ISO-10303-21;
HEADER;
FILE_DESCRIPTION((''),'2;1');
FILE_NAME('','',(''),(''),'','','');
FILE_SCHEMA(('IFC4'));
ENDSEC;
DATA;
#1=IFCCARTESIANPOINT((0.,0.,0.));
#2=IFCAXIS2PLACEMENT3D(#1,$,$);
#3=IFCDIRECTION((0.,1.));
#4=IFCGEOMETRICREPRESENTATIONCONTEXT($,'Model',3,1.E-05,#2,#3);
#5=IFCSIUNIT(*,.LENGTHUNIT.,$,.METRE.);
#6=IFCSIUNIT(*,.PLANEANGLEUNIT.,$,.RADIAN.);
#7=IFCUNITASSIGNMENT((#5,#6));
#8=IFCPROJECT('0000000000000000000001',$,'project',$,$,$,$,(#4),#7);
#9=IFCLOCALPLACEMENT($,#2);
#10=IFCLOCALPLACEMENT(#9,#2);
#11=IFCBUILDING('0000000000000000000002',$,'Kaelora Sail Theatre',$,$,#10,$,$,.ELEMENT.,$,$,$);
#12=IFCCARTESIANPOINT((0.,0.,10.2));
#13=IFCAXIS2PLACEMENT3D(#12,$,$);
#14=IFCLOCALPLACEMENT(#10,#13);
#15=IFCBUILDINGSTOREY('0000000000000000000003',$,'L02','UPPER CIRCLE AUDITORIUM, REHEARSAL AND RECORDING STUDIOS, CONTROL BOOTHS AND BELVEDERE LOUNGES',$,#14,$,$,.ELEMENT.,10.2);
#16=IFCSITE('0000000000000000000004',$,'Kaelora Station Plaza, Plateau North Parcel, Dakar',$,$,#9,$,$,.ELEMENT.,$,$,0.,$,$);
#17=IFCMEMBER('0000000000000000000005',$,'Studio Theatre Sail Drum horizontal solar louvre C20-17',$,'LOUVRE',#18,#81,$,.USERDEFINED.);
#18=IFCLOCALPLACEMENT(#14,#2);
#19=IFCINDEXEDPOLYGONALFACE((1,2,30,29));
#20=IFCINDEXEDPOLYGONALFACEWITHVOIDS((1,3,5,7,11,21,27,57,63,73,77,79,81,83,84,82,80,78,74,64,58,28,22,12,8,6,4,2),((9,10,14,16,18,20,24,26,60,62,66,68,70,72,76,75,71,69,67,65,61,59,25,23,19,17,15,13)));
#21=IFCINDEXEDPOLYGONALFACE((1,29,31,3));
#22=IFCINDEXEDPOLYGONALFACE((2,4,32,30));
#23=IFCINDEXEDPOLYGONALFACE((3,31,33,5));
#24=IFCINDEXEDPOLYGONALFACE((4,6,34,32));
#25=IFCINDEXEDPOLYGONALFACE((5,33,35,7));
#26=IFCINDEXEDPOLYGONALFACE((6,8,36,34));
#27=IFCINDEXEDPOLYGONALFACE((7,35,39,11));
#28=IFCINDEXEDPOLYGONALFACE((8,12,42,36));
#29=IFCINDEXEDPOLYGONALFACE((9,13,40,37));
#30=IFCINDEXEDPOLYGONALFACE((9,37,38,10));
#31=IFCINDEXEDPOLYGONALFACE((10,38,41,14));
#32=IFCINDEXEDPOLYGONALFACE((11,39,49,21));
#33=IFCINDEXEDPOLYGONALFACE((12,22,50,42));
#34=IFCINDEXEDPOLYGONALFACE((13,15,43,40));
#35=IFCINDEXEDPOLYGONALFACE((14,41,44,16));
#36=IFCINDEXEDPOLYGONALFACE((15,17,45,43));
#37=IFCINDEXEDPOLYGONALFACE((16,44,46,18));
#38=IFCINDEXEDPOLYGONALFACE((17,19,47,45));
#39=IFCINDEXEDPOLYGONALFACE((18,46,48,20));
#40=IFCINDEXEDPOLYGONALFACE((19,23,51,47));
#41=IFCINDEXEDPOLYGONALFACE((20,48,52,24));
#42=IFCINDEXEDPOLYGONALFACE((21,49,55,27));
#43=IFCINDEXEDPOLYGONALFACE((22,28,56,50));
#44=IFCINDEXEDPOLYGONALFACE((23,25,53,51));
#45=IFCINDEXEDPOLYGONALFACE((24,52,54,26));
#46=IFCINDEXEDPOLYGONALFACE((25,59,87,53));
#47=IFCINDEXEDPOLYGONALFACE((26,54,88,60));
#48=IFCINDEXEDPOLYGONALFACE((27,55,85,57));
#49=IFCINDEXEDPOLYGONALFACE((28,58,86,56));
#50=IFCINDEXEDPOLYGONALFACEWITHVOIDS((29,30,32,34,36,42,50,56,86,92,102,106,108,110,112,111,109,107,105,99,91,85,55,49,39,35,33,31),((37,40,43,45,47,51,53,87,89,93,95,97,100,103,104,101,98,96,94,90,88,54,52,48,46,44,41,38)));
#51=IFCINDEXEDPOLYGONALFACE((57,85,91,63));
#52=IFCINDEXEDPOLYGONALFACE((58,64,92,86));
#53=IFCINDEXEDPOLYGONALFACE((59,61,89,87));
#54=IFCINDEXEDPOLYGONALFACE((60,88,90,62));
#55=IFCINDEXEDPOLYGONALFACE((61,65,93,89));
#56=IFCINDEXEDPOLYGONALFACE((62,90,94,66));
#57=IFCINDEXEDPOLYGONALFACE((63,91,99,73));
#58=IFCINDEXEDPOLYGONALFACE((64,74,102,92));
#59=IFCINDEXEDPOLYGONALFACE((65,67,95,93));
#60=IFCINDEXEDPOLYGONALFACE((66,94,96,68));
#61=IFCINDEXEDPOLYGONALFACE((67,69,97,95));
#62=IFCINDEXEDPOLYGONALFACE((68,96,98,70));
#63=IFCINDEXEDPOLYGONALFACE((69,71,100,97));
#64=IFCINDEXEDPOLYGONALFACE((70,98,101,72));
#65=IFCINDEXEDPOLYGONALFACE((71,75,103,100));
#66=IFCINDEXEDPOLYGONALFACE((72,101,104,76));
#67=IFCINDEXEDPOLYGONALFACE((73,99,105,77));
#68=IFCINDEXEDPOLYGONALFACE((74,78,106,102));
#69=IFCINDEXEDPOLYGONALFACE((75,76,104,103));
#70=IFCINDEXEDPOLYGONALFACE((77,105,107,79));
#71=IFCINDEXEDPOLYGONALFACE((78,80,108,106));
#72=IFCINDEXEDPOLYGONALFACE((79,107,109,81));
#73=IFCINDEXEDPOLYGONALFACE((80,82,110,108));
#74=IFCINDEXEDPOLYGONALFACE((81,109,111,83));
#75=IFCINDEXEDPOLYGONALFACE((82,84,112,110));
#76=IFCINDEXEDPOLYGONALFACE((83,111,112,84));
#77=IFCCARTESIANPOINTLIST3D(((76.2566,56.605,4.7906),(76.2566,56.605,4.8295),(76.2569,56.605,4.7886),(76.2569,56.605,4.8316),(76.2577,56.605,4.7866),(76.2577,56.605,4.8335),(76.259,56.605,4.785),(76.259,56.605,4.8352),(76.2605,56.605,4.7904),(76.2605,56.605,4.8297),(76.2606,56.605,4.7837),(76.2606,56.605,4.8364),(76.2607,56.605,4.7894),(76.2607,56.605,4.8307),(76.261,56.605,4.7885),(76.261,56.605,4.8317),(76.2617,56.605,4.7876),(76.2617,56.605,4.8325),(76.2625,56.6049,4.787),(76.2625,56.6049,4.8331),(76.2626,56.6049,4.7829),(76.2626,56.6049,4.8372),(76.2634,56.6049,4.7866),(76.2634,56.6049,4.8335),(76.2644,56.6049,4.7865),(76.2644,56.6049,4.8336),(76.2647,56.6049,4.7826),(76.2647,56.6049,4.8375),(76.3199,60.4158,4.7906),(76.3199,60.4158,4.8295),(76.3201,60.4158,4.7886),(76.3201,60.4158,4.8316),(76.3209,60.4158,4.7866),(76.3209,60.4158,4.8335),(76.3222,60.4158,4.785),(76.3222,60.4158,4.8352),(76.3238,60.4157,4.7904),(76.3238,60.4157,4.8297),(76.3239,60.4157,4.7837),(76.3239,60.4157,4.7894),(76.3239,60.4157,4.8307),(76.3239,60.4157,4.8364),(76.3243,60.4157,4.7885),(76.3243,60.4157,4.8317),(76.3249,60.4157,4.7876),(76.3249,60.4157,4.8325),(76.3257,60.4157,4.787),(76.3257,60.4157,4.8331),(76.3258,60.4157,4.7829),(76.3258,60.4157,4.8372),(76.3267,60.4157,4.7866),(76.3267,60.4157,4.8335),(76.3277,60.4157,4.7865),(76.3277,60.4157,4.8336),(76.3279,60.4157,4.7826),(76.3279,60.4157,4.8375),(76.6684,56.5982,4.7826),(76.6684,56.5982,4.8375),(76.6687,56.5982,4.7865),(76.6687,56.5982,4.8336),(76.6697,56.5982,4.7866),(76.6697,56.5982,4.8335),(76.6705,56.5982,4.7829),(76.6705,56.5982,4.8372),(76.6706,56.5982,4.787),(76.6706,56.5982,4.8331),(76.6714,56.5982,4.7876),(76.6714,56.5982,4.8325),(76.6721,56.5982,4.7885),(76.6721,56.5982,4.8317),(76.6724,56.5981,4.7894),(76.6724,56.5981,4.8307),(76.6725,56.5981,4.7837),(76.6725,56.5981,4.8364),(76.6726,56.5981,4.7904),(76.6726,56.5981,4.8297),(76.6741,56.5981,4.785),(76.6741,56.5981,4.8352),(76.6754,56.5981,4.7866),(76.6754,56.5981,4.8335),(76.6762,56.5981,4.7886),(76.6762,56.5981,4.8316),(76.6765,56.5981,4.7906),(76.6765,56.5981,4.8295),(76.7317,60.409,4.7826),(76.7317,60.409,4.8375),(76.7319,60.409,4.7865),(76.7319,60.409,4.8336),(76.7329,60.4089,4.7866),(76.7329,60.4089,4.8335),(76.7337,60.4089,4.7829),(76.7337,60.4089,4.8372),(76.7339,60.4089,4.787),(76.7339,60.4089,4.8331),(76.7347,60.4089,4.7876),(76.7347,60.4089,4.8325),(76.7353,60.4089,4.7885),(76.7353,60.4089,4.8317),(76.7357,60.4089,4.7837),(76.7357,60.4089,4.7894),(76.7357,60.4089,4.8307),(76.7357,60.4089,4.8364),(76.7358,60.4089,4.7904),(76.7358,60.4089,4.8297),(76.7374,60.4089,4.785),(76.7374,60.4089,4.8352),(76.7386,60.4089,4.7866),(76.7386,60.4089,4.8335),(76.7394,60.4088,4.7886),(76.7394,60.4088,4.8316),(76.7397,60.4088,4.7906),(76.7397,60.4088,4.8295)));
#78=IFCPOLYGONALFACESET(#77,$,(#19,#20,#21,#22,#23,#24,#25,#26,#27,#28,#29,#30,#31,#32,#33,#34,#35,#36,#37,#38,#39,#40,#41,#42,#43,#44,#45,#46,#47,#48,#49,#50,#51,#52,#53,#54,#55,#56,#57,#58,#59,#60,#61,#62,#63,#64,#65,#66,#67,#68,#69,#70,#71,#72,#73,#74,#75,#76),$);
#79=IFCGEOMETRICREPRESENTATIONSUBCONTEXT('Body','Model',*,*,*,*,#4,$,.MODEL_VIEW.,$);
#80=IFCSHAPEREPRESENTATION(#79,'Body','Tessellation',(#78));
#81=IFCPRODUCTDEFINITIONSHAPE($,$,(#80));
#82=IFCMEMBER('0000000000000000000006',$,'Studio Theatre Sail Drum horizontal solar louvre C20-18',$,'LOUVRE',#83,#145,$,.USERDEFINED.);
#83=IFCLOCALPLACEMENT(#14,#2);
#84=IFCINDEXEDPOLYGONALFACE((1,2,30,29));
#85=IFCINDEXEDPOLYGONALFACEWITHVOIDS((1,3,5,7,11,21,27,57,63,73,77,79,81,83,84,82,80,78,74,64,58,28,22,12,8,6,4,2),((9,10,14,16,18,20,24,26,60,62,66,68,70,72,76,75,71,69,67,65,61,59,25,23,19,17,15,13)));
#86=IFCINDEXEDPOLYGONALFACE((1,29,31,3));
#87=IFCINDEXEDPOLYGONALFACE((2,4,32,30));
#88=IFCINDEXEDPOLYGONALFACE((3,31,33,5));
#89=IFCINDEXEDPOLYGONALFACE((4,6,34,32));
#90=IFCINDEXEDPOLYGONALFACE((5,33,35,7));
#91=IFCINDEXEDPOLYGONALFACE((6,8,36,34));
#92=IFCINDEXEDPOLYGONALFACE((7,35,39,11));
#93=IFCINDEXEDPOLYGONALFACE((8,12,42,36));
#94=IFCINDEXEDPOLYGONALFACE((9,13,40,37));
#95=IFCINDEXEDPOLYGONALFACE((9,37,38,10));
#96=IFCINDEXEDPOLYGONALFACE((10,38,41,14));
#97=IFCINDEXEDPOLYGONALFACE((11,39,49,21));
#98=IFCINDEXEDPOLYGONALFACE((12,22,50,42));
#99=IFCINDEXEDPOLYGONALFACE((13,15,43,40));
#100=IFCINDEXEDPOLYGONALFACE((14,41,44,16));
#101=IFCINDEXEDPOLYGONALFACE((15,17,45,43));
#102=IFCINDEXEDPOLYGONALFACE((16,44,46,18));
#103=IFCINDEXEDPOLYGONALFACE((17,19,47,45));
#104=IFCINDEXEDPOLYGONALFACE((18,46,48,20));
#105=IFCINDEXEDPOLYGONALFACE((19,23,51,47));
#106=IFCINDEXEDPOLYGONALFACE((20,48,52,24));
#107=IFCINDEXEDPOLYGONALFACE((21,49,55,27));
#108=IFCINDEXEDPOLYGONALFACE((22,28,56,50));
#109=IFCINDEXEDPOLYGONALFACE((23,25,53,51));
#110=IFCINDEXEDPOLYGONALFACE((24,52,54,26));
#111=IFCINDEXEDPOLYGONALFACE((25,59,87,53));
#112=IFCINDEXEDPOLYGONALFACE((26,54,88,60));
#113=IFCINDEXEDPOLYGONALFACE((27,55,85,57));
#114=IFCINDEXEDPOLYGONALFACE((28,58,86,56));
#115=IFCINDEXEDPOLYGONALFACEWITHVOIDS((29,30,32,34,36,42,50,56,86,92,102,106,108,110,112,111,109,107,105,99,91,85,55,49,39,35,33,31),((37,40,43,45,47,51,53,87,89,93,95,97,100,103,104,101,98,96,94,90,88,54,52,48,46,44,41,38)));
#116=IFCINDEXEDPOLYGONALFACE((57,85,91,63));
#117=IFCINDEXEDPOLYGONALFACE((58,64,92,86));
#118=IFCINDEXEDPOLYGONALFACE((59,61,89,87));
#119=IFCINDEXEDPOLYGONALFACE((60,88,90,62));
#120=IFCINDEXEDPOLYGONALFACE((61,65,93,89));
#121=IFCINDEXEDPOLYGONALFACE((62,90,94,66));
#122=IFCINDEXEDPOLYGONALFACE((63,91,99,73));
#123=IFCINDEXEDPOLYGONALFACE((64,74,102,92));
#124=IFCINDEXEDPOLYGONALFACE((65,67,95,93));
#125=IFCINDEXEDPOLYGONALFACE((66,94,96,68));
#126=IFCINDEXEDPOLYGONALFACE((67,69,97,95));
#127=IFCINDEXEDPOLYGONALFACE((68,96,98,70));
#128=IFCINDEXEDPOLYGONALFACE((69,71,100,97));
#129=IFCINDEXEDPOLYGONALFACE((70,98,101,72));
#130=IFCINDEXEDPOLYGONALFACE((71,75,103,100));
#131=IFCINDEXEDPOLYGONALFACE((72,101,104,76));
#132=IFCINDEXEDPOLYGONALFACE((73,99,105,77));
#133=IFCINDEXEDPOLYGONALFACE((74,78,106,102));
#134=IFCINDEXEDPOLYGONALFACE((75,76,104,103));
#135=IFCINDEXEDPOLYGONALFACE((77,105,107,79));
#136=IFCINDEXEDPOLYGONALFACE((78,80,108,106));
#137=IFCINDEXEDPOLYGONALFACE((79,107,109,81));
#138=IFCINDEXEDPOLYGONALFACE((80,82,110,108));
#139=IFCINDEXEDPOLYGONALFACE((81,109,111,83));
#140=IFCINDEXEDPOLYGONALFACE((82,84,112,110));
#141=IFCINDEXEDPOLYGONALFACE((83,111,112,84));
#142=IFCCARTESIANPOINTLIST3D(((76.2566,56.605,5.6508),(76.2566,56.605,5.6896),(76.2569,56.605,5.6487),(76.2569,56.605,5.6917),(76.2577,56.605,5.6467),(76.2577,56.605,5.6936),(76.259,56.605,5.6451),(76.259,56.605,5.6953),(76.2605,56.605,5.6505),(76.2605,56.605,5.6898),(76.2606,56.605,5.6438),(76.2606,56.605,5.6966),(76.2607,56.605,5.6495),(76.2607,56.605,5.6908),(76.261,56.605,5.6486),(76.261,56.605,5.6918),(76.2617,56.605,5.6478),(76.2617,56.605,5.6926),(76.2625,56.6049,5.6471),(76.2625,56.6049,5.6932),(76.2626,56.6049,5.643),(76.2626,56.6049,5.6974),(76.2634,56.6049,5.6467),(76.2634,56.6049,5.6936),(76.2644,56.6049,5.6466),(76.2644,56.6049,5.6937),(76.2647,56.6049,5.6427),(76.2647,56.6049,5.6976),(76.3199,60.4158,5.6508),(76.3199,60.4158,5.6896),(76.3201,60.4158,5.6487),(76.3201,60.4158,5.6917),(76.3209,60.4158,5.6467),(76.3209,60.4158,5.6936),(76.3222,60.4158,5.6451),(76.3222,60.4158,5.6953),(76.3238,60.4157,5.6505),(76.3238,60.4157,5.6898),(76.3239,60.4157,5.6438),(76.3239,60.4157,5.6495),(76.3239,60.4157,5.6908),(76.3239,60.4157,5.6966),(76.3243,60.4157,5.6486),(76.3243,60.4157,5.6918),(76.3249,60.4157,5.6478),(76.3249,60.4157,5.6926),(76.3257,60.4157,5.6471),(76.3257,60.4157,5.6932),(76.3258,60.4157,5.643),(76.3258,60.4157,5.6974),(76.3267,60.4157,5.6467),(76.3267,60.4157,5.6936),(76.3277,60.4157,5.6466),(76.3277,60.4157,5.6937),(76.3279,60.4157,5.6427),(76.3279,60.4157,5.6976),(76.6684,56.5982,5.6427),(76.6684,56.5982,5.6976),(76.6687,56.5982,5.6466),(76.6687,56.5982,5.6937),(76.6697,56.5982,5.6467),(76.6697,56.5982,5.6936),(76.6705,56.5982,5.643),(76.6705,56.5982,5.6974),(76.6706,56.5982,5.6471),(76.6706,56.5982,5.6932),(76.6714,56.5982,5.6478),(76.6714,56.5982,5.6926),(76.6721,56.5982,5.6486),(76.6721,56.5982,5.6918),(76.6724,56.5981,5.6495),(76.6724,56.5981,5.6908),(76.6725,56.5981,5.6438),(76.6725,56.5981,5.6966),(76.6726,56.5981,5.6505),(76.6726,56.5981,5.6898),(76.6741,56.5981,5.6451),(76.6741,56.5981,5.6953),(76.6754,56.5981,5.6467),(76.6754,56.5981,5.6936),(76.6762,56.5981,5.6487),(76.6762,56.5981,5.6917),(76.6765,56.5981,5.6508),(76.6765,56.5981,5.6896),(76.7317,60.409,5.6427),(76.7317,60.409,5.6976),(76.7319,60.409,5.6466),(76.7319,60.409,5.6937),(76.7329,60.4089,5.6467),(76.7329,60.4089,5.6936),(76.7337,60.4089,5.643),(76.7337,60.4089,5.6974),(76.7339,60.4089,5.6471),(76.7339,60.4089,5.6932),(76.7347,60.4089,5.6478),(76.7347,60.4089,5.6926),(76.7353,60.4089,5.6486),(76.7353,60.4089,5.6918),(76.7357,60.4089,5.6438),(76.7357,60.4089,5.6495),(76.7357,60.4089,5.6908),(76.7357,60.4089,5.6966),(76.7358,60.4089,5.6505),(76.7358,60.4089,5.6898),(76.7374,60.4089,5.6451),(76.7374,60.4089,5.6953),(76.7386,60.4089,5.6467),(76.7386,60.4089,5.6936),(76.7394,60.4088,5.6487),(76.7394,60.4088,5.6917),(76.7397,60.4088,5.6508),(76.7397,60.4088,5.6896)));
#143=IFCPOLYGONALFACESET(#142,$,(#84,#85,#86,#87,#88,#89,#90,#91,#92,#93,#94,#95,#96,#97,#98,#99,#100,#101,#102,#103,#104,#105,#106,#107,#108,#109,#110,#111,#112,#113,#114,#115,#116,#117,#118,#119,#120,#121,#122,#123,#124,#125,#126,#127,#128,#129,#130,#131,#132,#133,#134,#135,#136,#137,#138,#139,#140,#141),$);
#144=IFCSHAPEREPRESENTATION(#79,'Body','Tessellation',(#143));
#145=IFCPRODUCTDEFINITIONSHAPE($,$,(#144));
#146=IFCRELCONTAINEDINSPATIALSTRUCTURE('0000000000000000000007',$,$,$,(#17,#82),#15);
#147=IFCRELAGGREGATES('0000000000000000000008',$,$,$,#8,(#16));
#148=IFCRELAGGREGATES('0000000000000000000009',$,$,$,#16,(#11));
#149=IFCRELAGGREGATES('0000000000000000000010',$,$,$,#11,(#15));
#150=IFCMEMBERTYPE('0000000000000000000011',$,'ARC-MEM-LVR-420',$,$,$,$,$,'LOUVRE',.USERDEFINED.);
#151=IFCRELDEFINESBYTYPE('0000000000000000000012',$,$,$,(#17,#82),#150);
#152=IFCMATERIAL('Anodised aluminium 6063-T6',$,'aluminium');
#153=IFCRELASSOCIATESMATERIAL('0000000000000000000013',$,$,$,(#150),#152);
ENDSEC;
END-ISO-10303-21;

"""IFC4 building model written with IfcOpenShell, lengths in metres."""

from ifc_helpers import new_model, si_unit, direction, frame, origin, origin_2d, place, context, subcontext, project, spatial, hollow_rectangle, extrude, material, material_profile, profile_set, type_object, element, save


model = new_model("IFC4")

# Units and contexts
model_context = context("Model", 3, precision=1e-05, world=origin(), true_north=direction((0.0, 1.0)))
body_context = subcontext(model_context, "Body", "Model", "MODEL_VIEW")
ifc_project = project(units=[si_unit("LENGTHUNIT", "METRE"), si_unit("PLANEANGLEUNIT", "RADIAN")], contexts=[model_context])

# Site, building, storey
site_placement = place(None, origin())
site = spatial("IfcSite", under=ifc_project, at=site_placement, Name="Kaelora Station Plaza, Plateau North Parcel, Dakar", CompositionType="ELEMENT", RefElevation=0.0)
building_placement = place(site_placement, origin())
building = spatial("IfcBuilding", under=site, at=building_placement, Name="Kaelora Sail Theatre", CompositionType="ELEMENT")
storey_placement = place(building_placement, frame((0.0, 0.0, 10.2)))
storey = spatial("IfcBuildingStorey", under=building, at=storey_placement, Name="L02", Description="UPPER CIRCLE AUDITORIUM, REHEARSAL AND RECORDING STUDIOS, CONTROL BOOTHS AND BELVEDERE LOUNGES", CompositionType="ELEMENT", Elevation=10.2)

# Members
ifc_material_1 = material(Name="Anodised aluminium 6063-T6", Category="aluminium")
ifc_material_profile_1 = material_profile(ifc_material_1, hollow_rectangle(XDim=0.4199, YDim=0.0549, WallThickness=0.0039, InnerFilletRadius=0.0039, OuterFilletRadius=0.0081, at=origin_2d()), Name="LOUVRE 420x55x4")
ifc_profile_set_1 = profile_set([ifc_material_profile_1], Name="Anodised aluminium 6063-T6")
member_type_1 = type_object("IfcMemberType", Name="ARC-MEM-LVR-420", ElementType="LOUVRE", PredefinedType="USERDEFINED", material=ifc_profile_set_1)
for number, where, z_axis, x_axis, name in (
    (1, (76.4666, 56.6016, 4.8101), (0.016591, 0.999862, 0.0), (-0.999862, 0.016591, 0.0), "Studio Theatre Sail Drum horizontal solar louvre C20-17"),
    (2, (76.4666, 56.6016, 5.6702), (0.016591, 0.999862, 0.0), (-0.999862, 0.016591, 0.0), "Studio Theatre Sail Drum horizontal solar louvre C20-18"),
):
    element("IfcMember", number, at=place(storey_placement, frame(where, z_axis=z_axis, x_axis=x_axis)), inside=storey, type_object=member_type_1, Name=name, ObjectType="LOUVRE", PredefinedType="USERDEFINED", context=body_context, shape_type="SweptSolid", body=[
        extrude(hollow_rectangle(XDim=0.4199, YDim=0.0549, WallThickness=0.0039, InnerFilletRadius=0.0039, OuterFilletRadius=0.0081, at=origin_2d()), origin(), (0.0, 0.0, 1.0), 3.8113),
    ])

save(model, "model.ifc")
